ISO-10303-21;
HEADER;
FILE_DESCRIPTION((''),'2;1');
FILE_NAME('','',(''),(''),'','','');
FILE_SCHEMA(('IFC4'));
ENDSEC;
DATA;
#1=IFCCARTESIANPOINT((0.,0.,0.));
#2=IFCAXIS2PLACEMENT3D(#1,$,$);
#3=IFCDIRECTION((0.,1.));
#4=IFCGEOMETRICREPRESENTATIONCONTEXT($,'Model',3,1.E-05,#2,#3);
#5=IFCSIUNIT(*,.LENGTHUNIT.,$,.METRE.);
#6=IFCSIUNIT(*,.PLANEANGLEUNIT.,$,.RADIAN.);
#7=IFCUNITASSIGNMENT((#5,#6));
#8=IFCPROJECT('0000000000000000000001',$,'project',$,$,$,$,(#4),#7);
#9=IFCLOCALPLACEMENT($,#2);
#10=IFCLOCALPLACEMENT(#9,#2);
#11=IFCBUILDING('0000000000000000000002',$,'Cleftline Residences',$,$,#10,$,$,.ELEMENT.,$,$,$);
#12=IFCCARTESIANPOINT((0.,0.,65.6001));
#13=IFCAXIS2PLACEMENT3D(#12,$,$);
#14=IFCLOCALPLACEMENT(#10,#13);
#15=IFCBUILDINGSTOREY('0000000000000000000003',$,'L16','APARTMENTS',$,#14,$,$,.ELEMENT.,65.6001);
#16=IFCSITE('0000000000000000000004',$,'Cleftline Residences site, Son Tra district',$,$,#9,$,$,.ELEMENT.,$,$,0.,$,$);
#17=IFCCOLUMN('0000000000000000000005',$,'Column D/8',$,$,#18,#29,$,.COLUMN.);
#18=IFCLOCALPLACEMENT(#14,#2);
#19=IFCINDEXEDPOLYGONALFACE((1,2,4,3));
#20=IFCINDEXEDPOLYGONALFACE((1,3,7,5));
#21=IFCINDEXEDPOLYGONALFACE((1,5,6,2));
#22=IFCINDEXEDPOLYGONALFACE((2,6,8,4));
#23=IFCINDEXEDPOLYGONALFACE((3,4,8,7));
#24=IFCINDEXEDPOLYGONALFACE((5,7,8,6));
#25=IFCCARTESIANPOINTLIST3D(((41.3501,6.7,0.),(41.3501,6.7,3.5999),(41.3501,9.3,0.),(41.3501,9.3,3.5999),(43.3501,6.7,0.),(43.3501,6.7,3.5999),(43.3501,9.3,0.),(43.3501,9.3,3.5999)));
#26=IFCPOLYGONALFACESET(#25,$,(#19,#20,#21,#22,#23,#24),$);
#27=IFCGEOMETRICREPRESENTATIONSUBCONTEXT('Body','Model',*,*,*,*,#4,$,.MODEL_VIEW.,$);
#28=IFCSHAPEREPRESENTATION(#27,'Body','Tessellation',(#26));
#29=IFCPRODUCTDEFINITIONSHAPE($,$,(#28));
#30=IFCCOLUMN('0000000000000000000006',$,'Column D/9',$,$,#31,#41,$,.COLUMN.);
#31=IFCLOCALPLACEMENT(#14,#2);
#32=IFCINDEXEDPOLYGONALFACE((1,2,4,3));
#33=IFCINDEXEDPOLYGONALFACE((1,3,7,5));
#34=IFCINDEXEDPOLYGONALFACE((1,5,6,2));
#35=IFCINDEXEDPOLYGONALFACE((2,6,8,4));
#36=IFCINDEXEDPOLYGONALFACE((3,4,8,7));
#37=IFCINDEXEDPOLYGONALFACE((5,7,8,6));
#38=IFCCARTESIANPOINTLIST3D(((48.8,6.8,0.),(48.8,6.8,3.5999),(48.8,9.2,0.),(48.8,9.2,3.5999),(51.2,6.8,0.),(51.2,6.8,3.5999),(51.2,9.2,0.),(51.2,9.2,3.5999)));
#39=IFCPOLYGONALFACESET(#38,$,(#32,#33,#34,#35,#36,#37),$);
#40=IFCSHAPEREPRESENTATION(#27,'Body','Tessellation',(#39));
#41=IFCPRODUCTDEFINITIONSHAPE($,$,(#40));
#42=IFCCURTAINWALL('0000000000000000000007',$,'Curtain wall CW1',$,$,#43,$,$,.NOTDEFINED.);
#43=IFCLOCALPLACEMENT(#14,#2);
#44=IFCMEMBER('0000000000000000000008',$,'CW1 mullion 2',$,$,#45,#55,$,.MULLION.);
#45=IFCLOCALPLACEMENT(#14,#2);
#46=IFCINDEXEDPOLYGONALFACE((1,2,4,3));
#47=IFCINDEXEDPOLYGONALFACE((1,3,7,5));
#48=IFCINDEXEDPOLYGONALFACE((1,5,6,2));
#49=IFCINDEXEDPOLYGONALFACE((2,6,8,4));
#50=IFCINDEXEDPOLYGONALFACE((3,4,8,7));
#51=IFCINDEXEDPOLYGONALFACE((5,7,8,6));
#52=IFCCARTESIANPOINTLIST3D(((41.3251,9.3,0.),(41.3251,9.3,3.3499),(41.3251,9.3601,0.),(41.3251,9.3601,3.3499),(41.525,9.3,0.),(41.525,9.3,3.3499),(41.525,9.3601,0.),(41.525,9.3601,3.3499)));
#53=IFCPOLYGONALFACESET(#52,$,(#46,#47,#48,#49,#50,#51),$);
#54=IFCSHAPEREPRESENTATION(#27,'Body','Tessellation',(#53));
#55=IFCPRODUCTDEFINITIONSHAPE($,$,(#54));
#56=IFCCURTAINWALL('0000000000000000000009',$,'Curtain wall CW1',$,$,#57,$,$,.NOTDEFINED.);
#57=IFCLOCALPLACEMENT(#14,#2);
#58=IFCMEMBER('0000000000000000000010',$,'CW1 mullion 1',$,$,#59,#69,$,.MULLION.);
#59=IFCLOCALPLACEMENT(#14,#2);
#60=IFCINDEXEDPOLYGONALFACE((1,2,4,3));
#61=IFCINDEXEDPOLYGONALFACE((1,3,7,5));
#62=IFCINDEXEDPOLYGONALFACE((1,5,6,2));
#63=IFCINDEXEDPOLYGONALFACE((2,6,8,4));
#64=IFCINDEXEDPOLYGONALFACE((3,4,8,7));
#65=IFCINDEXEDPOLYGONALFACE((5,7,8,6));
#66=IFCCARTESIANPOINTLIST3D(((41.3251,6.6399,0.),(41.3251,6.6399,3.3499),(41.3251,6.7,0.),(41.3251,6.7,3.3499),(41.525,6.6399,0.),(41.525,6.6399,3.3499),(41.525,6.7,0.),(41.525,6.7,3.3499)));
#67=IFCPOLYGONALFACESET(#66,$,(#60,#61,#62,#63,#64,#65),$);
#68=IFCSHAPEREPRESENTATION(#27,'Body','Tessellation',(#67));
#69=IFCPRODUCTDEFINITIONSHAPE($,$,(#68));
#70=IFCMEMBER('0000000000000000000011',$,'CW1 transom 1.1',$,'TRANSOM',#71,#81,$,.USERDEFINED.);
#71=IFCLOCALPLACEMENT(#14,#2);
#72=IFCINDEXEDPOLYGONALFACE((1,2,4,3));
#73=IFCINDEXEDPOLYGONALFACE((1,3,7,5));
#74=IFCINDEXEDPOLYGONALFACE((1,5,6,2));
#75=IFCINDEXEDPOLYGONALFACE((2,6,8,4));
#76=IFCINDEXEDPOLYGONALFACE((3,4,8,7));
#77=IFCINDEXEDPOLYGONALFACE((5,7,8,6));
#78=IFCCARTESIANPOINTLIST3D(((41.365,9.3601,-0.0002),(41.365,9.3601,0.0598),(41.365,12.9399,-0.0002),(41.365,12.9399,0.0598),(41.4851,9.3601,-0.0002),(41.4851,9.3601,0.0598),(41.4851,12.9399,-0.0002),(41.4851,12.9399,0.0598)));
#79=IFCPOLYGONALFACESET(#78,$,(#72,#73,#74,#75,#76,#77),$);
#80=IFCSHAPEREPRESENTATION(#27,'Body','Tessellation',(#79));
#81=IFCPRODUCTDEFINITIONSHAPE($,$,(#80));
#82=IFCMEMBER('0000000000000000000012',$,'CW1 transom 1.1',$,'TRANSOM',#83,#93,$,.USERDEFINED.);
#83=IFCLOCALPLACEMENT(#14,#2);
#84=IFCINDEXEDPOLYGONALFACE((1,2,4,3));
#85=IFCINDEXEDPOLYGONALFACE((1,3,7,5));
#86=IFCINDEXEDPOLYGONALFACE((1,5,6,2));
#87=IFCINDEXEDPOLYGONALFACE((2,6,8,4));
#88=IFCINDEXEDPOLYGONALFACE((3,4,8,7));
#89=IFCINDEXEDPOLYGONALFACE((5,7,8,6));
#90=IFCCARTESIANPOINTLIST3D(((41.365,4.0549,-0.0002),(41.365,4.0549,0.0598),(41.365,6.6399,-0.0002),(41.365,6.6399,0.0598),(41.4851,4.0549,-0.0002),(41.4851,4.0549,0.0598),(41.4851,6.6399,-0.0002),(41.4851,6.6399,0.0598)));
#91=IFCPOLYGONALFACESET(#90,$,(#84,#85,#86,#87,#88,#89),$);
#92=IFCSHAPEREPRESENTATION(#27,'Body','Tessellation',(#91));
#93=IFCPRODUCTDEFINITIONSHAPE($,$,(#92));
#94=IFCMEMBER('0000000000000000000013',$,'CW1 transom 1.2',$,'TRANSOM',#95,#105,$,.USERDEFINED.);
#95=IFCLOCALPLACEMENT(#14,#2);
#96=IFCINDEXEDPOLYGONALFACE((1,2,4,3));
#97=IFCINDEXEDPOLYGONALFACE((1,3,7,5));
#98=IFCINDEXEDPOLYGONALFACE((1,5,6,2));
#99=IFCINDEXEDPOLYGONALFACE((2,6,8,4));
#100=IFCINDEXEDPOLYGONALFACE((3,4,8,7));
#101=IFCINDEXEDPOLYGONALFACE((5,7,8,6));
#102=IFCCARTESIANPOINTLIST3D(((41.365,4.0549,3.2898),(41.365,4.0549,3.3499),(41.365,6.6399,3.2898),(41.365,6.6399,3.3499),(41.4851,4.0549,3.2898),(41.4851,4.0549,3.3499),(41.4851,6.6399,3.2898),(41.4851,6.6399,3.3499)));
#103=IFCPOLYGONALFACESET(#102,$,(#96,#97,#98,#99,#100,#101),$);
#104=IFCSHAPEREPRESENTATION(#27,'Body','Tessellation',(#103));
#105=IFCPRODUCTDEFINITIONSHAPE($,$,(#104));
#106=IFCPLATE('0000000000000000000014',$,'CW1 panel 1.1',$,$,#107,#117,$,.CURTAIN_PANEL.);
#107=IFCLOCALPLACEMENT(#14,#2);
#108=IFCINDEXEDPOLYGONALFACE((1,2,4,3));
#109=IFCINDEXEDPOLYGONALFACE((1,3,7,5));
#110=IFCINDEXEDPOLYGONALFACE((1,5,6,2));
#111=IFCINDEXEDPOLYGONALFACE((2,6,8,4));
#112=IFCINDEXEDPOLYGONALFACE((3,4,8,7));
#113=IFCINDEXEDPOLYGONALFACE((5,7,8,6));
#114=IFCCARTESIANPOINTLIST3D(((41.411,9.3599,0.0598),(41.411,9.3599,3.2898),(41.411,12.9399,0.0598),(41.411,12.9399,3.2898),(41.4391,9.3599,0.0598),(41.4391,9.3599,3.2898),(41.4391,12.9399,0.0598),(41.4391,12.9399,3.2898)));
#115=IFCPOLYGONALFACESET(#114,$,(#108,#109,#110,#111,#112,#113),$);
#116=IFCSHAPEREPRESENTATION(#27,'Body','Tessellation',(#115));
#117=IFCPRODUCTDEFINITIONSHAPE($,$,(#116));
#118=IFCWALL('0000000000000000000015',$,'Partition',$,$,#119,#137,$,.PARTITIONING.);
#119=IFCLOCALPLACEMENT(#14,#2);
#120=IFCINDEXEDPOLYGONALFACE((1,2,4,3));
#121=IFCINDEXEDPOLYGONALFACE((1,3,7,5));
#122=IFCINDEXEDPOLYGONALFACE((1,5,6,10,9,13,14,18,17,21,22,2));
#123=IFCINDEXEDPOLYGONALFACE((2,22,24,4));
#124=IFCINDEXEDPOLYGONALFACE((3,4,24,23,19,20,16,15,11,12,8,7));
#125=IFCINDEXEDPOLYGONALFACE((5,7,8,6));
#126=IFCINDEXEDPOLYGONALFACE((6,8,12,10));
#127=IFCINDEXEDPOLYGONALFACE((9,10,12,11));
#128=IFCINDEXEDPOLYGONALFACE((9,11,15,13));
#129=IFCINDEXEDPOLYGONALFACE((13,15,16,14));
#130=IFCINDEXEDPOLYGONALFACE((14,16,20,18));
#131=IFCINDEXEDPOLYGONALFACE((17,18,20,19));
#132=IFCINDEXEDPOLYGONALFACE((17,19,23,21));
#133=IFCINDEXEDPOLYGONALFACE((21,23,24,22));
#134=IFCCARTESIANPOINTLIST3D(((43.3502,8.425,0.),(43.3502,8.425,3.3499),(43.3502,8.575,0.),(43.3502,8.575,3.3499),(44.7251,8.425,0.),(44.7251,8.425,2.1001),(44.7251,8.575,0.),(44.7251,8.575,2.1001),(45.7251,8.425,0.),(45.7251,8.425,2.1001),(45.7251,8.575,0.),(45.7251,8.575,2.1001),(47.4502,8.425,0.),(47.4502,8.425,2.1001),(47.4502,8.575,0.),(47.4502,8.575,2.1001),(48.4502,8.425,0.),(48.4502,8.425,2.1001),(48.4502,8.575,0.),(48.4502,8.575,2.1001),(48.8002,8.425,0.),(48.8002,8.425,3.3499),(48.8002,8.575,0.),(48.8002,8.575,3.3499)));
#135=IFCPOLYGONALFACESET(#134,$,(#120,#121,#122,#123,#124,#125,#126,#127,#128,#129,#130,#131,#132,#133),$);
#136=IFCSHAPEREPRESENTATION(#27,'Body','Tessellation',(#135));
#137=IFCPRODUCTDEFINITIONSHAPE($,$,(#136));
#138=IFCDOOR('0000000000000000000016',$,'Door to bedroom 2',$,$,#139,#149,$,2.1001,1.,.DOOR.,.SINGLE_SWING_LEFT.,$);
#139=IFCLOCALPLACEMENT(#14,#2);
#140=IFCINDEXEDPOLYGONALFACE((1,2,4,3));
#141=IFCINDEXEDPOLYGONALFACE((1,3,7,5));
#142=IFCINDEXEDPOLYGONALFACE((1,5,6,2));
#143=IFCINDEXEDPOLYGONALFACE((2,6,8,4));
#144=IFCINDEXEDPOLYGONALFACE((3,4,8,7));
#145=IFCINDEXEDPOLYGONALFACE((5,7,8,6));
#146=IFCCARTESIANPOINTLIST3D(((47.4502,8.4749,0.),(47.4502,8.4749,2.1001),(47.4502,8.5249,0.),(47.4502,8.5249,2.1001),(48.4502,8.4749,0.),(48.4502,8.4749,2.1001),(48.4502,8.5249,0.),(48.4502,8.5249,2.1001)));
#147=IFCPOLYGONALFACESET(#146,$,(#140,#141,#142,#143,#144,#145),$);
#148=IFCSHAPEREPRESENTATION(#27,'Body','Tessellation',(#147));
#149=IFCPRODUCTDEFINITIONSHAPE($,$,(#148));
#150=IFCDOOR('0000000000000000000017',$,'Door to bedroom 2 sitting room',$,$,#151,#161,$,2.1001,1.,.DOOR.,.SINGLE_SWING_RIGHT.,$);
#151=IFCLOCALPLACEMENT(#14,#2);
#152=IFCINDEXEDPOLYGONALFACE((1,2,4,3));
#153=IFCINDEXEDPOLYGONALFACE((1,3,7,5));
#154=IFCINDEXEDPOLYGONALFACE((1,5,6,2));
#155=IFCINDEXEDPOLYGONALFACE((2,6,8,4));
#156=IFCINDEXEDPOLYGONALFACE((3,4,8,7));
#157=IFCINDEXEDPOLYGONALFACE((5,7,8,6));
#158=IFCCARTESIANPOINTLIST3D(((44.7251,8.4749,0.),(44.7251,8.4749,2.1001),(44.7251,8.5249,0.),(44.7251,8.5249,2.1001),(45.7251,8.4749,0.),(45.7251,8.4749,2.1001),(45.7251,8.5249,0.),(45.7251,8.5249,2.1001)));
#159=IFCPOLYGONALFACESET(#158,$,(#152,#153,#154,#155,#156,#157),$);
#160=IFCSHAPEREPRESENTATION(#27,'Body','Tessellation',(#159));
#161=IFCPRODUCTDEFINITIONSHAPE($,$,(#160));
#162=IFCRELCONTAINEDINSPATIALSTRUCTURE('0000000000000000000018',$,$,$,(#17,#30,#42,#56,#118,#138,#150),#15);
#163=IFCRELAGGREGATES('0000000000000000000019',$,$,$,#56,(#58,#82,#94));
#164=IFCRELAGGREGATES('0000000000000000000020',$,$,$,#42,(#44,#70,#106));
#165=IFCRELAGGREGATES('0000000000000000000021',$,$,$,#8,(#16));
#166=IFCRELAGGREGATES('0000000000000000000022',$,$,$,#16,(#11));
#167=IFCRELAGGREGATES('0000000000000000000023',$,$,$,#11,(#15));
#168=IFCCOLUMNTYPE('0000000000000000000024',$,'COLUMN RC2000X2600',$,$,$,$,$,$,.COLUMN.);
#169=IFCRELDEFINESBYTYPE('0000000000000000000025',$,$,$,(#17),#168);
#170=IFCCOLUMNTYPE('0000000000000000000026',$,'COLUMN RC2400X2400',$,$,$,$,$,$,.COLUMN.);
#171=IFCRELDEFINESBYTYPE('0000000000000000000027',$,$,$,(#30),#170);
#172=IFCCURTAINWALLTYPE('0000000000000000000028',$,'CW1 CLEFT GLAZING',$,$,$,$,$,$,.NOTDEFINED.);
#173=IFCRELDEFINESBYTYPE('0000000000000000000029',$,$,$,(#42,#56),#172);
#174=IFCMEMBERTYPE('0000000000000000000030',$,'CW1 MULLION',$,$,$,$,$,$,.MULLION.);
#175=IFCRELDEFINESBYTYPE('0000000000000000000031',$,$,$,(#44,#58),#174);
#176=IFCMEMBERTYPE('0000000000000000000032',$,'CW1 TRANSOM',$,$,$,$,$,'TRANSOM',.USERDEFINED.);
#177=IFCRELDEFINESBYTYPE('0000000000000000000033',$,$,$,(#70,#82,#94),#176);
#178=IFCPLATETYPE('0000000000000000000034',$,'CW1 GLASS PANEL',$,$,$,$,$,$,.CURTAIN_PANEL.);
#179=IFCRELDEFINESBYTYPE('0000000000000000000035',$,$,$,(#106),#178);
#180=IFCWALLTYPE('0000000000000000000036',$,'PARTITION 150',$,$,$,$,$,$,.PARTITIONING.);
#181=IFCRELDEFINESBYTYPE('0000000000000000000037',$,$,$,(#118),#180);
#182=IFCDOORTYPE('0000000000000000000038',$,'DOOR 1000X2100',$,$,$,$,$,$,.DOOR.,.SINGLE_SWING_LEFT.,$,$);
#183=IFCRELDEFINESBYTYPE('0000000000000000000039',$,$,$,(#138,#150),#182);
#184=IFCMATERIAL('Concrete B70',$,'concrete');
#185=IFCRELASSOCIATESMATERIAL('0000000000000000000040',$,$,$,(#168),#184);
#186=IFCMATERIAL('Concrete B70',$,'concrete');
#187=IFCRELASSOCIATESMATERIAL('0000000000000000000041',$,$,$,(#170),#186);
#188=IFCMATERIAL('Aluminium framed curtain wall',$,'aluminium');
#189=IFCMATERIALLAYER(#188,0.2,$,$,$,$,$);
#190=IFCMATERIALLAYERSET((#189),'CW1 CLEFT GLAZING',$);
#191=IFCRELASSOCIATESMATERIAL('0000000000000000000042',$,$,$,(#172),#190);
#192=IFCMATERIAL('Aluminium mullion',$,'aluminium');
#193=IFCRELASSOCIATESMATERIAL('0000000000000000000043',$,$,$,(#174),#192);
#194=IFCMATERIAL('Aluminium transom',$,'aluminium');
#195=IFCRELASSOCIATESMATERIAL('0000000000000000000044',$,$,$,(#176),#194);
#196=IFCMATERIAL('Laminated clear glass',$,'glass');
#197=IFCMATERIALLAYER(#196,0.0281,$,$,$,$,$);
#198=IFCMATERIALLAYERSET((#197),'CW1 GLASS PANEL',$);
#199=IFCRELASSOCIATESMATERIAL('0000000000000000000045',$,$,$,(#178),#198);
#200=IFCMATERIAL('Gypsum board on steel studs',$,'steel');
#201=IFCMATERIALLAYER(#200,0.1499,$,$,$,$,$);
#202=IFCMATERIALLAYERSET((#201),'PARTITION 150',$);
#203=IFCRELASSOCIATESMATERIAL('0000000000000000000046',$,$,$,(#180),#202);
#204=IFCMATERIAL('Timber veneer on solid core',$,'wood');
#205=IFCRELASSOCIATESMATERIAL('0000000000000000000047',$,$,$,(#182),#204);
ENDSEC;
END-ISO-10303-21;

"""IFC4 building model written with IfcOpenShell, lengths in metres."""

from ifc_helpers import new_model, si_unit, direction, frame, frame_2d, origin, origin_2d, place, context, subcontext, project, spatial, rectangle, extrude, material, layer, layer_set, material_profile, profile_set, type_object, element, fill, aggregate, save


model = new_model("IFC4")

# Units and contexts
model_context = context("Model", 3, precision=1e-05, world=origin(), true_north=direction((0.0, 1.0)))
body_context = subcontext(model_context, "Body", "Model", "MODEL_VIEW")
ifc_project = project(units=[si_unit("LENGTHUNIT", "METRE"), si_unit("PLANEANGLEUNIT", "RADIAN")], contexts=[model_context])

# Site, building, storey
site_placement = place(None, origin())
site = spatial("IfcSite", under=ifc_project, at=site_placement, Name="Cleftline Residences site, Son Tra district", CompositionType="ELEMENT", RefElevation=0.0)
building_placement = place(site_placement, origin())
building = spatial("IfcBuilding", under=site, at=building_placement, Name="Cleftline Residences", CompositionType="ELEMENT")
storey_placement = place(building_placement, frame((0.0, 0.0, 65.6001)))
storey = spatial("IfcBuildingStorey", under=building, at=storey_placement, Name="L16", Description="APARTMENTS", CompositionType="ELEMENT", Elevation=65.6001)

# Columns
ifc_material_1 = material(Name="Concrete B70", Category="concrete")
ifc_material_profile_1 = material_profile(ifc_material_1, rectangle(XDim=2.0, YDim=2.6001, at=origin_2d()))
ifc_profile_set_1 = profile_set([ifc_material_profile_1], Name="Concrete B70")
column_type_1 = type_object("IfcColumnType", Name="COLUMN RC2000X2600", PredefinedType="COLUMN", material=ifc_profile_set_1)
column_1_placement = place(storey_placement, frame((42.3501, 8.0, 0.0), z_axis=(0.0, 0.0, 1.0), x_axis=(1.0, 0.0, 0.0)))
element("IfcColumn", 1, at=column_1_placement, inside=storey, type_object=column_type_1, Name="Column D/8", PredefinedType="COLUMN", context=body_context, shape_type="SweptSolid", body=[
    extrude(rectangle(XDim=2.0, YDim=2.6001, at=origin_2d()), origin(), (0.0, 0.0, 1.0), 3.5999),
])
ifc_material_2 = material(Name="Concrete B70", Category="concrete")
ifc_material_profile_2 = material_profile(ifc_material_2, rectangle(XDim=2.3999, YDim=2.3999, at=origin_2d()))
ifc_profile_set_2 = profile_set([ifc_material_profile_2], Name="Concrete B70")
column_type_2 = type_object("IfcColumnType", Name="COLUMN RC2400X2400", PredefinedType="COLUMN", material=ifc_profile_set_2)
column_2_placement = place(storey_placement, frame((50.0, 8.0, 0.0), z_axis=(0.0, 0.0, 1.0), x_axis=(1.0, 0.0, 0.0)))
element("IfcColumn", 2, at=column_2_placement, inside=storey, type_object=column_type_2, Name="Column D/9", PredefinedType="COLUMN", context=body_context, shape_type="SweptSolid", body=[
    extrude(rectangle(XDim=2.3999, YDim=2.3999, at=origin_2d()), origin(), (0.0, 0.0, 1.0), 3.5999),
])

# Curtain walls, members
ifc_material_3 = material(Name="Aluminium framed curtain wall", Category="aluminium")
ifc_layer_1 = layer(ifc_material_3, 0.2)
ifc_layer_set_1 = layer_set([ifc_layer_1], Name="CW1 CLEFT GLAZING")
curtain_wall_type = type_object("IfcCurtainWallType", Name="CW1 CLEFT GLAZING", PredefinedType="NOTDEFINED", material=ifc_layer_set_1)
curtain_wall_1_placement = place(storey_placement, origin())
curtain_wall_1 = element("IfcCurtainWall", 3, at=curtain_wall_1_placement, inside=storey, type_object=curtain_wall_type, Name="Curtain wall CW1", PredefinedType="NOTDEFINED")
ifc_material_4 = material(Name="Aluminium mullion", Category="aluminium")
ifc_material_profile_3 = material_profile(ifc_material_4, rectangle(XDim=0.2, YDim=0.0601, at=origin_2d()))
ifc_profile_set_3 = profile_set([ifc_material_profile_3], Name="Aluminium mullion")
member_type_1 = type_object("IfcMemberType", Name="CW1 MULLION", PredefinedType="MULLION", material=ifc_profile_set_3)
member_1_placement = place(storey_placement, frame((41.425, 9.3301, 0.0), z_axis=(0.0, 0.0, 1.0), x_axis=(1.0, 0.0, 0.0)))
member_1 = element("IfcMember", 4, at=member_1_placement, type_object=member_type_1, Name="CW1 mullion 2", PredefinedType="MULLION", context=body_context, shape_type="SweptSolid", body=[
    extrude(rectangle(XDim=0.2, YDim=0.0601, at=origin_2d()), origin(), (0.0, 0.0, 1.0), 3.3499),
])
curtain_wall_2_placement = place(storey_placement, origin())
curtain_wall_2 = element("IfcCurtainWall", 5, at=curtain_wall_2_placement, inside=storey, type_object=curtain_wall_type, Name="Curtain wall CW1", PredefinedType="NOTDEFINED")
member_2_placement = place(storey_placement, frame((41.425, 6.6699, 0.0), z_axis=(0.0, 0.0, 1.0), x_axis=(1.0, 0.0, 0.0)))
member_2 = element("IfcMember", 6, at=member_2_placement, type_object=member_type_1, Name="CW1 mullion 1", PredefinedType="MULLION", context=body_context, shape_type="SweptSolid", body=[
    extrude(rectangle(XDim=0.2, YDim=0.0601, at=origin_2d()), origin(), (0.0, 0.0, 1.0), 3.3499),
])

# Members
ifc_material_5 = material(Name="Aluminium transom", Category="aluminium")
ifc_material_profile_4 = material_profile(ifc_material_5, rectangle(XDim=0.1201, YDim=0.0601, at=origin_2d()))
ifc_profile_set_4 = profile_set([ifc_material_profile_4], Name="Aluminium transom")
member_type_2 = type_object("IfcMemberType", Name="CW1 TRANSOM", ElementType="TRANSOM", PredefinedType="USERDEFINED", material=ifc_profile_set_4)
member_3_placement = place(storey_placement, frame((41.425, 12.9399, 0.0298), z_axis=(0.0, -1.0, 0.0), x_axis=(1.0, 0.0, 0.0)))
member_3 = element("IfcMember", 7, at=member_3_placement, type_object=member_type_2, Name="CW1 transom 1.1", ObjectType="TRANSOM", PredefinedType="USERDEFINED", context=body_context, shape_type="SweptSolid", body=[
    extrude(rectangle(XDim=0.1201, YDim=0.0601, at=origin_2d()), origin(), (0.0, 0.0, 1.0), 3.5798),
])
member_4_placement = place(storey_placement, frame((41.425, 6.6399, 0.0298), z_axis=(0.0, -1.0, 0.0), x_axis=(1.0, 0.0, 0.0)))
member_4 = element("IfcMember", 8, at=member_4_placement, type_object=member_type_2, Name="CW1 transom 1.1", ObjectType="TRANSOM", PredefinedType="USERDEFINED", context=body_context, shape_type="SweptSolid", body=[
    extrude(rectangle(XDim=0.1201, YDim=0.0601, at=origin_2d()), origin(), (0.0, 0.0, 1.0), 2.585),
])
member_5_placement = place(storey_placement, frame((41.425, 6.6399, 3.3198), z_axis=(0.0, -1.0, 0.0), x_axis=(1.0, 0.0, 0.0)))
member_5 = element("IfcMember", 9, at=member_5_placement, type_object=member_type_2, Name="CW1 transom 1.2", ObjectType="TRANSOM", PredefinedType="USERDEFINED", context=body_context, shape_type="SweptSolid", body=[
    extrude(rectangle(XDim=0.1201, YDim=0.0601, at=origin_2d()), origin(), (0.0, 0.0, 1.0), 2.585),
])
aggregate(curtain_wall_2, [member_2, member_4, member_5])

# Plate
ifc_material_6 = material(Name="Laminated clear glass", Category="glass")
ifc_layer_2 = layer(ifc_material_6, 0.0281)
ifc_layer_set_2 = layer_set([ifc_layer_2], Name="CW1 GLASS PANEL")
plate_type = type_object("IfcPlateType", Name="CW1 GLASS PANEL", PredefinedType="CURTAIN_PANEL", material=ifc_layer_set_2)
plate_placement = place(storey_placement, frame((41.425, 11.1499, 0.0598), z_axis=(0.0, 0.0, 1.0), x_axis=(0.0, -1.0, 0.0)))
plate = element("IfcPlate", 10, at=plate_placement, type_object=plate_type, Name="CW1 panel 1.1", PredefinedType="CURTAIN_PANEL", context=body_context, shape_type="SweptSolid", body=[
    extrude(rectangle(XDim=3.5801, YDim=0.0281, at=origin_2d()), origin(), (0.0, 0.0, 1.0), 3.23),
])
aggregate(curtain_wall_1, [member_1, member_3, plate])

# Wall, openings, doors
ifc_material_7 = material(Name="Gypsum board on steel studs", Category="steel")
ifc_layer_3 = layer(ifc_material_7, 0.1499)
ifc_layer_set_3 = layer_set([ifc_layer_3], Name="PARTITION 150")
wall_type = type_object("IfcWallType", Name="PARTITION 150", PredefinedType="PARTITIONING", material=ifc_layer_set_3)
wall_1_placement = place(storey_placement, frame((43.3501, 8.5, 0.0), z_axis=(0.0, 0.0, 1.0), x_axis=(1.0, 0.0, 0.0)))
wall_1 = element("IfcWall", 11, at=wall_1_placement, inside=storey, type_object=wall_type, Name="Partition", PredefinedType="PARTITIONING", context=body_context, shape_type="SweptSolid", body=[
    extrude(rectangle(XDim=5.45, YDim=0.1499, at=frame_2d((2.7251, 0.0))), origin(), (0.0, 0.0, 1.0), 3.3499),
])
opening_1_placement = place(wall_1_placement, frame((4.1001, 0.0, 0.0)))
opening_1 = element("IfcOpeningElement", 12, at=opening_1_placement, cuts=wall_1, PredefinedType="OPENING", context=body_context, shape_type="SweptSolid", body=[
    extrude(rectangle(XDim=1.0, YDim=2.1001, at=frame_2d((0.5, 1.05))), frame((0.0, 0.085, 0.0), z_axis=(0.0, -1.0, 0.0), x_axis=(1.0, 0.0, 0.0)), (0.0, 0.0, 1.0), 0.1699),
])
opening_2_placement = place(wall_1_placement, frame((1.375, 0.0, 0.0)))
opening_2 = element("IfcOpeningElement", 13, at=opening_2_placement, cuts=wall_1, PredefinedType="OPENING", context=body_context, shape_type="SweptSolid", body=[
    extrude(rectangle(XDim=1.0, YDim=2.1001, at=frame_2d((0.5, 1.05))), frame((0.0, 0.085, 0.0), z_axis=(0.0, -1.0, 0.0), x_axis=(1.0, 0.0, 0.0)), (0.0, 0.0, 1.0), 0.1699),
])
ifc_material_8 = material(Name="Timber veneer on solid core", Category="wood")
door_type_1 = type_object("IfcDoorType", Name="DOOR 1000X2100", OperationType="SINGLE_SWING_LEFT", PredefinedType="DOOR", material=ifc_material_8)
door_1_placement = place(opening_1_placement, origin())
door_1 = element("IfcDoor", 14, at=door_1_placement, inside=storey, type_object=door_type_1, Name="Door to bedroom 2", OperationType="SINGLE_SWING_LEFT", OverallHeight=2.1001, OverallWidth=1.0, PredefinedType="DOOR", context=body_context, shape_type="SweptSolid", body=[
    extrude(rectangle(XDim=1.0, YDim=2.1001, at=frame_2d((0.5, 1.05))), frame((0.0, 0.0249, 0.0), z_axis=(0.0, -1.0, 0.0), x_axis=(1.0, 0.0, 0.0)), (0.0, 0.0, 1.0), 0.05),
])
fill(opening_1, door_1)
door_2_placement = place(opening_2_placement, origin())
door_2 = element("IfcDoor", 15, at=door_2_placement, inside=storey, type_object=door_type_1, Name="Door to bedroom 2 sitting room", OperationType="SINGLE_SWING_RIGHT", OverallHeight=2.1001, OverallWidth=1.0, PredefinedType="DOOR", context=body_context, shape_type="SweptSolid", body=[
    extrude(rectangle(XDim=1.0, YDim=2.1001, at=frame_2d((0.5, 1.05))), frame((0.0, 0.0249, 0.0), z_axis=(0.0, -1.0, 0.0), x_axis=(1.0, 0.0, 0.0)), (0.0, 0.0, 1.0), 0.05),
])
fill(opening_2, door_2)

save(model, "model.ifc")
